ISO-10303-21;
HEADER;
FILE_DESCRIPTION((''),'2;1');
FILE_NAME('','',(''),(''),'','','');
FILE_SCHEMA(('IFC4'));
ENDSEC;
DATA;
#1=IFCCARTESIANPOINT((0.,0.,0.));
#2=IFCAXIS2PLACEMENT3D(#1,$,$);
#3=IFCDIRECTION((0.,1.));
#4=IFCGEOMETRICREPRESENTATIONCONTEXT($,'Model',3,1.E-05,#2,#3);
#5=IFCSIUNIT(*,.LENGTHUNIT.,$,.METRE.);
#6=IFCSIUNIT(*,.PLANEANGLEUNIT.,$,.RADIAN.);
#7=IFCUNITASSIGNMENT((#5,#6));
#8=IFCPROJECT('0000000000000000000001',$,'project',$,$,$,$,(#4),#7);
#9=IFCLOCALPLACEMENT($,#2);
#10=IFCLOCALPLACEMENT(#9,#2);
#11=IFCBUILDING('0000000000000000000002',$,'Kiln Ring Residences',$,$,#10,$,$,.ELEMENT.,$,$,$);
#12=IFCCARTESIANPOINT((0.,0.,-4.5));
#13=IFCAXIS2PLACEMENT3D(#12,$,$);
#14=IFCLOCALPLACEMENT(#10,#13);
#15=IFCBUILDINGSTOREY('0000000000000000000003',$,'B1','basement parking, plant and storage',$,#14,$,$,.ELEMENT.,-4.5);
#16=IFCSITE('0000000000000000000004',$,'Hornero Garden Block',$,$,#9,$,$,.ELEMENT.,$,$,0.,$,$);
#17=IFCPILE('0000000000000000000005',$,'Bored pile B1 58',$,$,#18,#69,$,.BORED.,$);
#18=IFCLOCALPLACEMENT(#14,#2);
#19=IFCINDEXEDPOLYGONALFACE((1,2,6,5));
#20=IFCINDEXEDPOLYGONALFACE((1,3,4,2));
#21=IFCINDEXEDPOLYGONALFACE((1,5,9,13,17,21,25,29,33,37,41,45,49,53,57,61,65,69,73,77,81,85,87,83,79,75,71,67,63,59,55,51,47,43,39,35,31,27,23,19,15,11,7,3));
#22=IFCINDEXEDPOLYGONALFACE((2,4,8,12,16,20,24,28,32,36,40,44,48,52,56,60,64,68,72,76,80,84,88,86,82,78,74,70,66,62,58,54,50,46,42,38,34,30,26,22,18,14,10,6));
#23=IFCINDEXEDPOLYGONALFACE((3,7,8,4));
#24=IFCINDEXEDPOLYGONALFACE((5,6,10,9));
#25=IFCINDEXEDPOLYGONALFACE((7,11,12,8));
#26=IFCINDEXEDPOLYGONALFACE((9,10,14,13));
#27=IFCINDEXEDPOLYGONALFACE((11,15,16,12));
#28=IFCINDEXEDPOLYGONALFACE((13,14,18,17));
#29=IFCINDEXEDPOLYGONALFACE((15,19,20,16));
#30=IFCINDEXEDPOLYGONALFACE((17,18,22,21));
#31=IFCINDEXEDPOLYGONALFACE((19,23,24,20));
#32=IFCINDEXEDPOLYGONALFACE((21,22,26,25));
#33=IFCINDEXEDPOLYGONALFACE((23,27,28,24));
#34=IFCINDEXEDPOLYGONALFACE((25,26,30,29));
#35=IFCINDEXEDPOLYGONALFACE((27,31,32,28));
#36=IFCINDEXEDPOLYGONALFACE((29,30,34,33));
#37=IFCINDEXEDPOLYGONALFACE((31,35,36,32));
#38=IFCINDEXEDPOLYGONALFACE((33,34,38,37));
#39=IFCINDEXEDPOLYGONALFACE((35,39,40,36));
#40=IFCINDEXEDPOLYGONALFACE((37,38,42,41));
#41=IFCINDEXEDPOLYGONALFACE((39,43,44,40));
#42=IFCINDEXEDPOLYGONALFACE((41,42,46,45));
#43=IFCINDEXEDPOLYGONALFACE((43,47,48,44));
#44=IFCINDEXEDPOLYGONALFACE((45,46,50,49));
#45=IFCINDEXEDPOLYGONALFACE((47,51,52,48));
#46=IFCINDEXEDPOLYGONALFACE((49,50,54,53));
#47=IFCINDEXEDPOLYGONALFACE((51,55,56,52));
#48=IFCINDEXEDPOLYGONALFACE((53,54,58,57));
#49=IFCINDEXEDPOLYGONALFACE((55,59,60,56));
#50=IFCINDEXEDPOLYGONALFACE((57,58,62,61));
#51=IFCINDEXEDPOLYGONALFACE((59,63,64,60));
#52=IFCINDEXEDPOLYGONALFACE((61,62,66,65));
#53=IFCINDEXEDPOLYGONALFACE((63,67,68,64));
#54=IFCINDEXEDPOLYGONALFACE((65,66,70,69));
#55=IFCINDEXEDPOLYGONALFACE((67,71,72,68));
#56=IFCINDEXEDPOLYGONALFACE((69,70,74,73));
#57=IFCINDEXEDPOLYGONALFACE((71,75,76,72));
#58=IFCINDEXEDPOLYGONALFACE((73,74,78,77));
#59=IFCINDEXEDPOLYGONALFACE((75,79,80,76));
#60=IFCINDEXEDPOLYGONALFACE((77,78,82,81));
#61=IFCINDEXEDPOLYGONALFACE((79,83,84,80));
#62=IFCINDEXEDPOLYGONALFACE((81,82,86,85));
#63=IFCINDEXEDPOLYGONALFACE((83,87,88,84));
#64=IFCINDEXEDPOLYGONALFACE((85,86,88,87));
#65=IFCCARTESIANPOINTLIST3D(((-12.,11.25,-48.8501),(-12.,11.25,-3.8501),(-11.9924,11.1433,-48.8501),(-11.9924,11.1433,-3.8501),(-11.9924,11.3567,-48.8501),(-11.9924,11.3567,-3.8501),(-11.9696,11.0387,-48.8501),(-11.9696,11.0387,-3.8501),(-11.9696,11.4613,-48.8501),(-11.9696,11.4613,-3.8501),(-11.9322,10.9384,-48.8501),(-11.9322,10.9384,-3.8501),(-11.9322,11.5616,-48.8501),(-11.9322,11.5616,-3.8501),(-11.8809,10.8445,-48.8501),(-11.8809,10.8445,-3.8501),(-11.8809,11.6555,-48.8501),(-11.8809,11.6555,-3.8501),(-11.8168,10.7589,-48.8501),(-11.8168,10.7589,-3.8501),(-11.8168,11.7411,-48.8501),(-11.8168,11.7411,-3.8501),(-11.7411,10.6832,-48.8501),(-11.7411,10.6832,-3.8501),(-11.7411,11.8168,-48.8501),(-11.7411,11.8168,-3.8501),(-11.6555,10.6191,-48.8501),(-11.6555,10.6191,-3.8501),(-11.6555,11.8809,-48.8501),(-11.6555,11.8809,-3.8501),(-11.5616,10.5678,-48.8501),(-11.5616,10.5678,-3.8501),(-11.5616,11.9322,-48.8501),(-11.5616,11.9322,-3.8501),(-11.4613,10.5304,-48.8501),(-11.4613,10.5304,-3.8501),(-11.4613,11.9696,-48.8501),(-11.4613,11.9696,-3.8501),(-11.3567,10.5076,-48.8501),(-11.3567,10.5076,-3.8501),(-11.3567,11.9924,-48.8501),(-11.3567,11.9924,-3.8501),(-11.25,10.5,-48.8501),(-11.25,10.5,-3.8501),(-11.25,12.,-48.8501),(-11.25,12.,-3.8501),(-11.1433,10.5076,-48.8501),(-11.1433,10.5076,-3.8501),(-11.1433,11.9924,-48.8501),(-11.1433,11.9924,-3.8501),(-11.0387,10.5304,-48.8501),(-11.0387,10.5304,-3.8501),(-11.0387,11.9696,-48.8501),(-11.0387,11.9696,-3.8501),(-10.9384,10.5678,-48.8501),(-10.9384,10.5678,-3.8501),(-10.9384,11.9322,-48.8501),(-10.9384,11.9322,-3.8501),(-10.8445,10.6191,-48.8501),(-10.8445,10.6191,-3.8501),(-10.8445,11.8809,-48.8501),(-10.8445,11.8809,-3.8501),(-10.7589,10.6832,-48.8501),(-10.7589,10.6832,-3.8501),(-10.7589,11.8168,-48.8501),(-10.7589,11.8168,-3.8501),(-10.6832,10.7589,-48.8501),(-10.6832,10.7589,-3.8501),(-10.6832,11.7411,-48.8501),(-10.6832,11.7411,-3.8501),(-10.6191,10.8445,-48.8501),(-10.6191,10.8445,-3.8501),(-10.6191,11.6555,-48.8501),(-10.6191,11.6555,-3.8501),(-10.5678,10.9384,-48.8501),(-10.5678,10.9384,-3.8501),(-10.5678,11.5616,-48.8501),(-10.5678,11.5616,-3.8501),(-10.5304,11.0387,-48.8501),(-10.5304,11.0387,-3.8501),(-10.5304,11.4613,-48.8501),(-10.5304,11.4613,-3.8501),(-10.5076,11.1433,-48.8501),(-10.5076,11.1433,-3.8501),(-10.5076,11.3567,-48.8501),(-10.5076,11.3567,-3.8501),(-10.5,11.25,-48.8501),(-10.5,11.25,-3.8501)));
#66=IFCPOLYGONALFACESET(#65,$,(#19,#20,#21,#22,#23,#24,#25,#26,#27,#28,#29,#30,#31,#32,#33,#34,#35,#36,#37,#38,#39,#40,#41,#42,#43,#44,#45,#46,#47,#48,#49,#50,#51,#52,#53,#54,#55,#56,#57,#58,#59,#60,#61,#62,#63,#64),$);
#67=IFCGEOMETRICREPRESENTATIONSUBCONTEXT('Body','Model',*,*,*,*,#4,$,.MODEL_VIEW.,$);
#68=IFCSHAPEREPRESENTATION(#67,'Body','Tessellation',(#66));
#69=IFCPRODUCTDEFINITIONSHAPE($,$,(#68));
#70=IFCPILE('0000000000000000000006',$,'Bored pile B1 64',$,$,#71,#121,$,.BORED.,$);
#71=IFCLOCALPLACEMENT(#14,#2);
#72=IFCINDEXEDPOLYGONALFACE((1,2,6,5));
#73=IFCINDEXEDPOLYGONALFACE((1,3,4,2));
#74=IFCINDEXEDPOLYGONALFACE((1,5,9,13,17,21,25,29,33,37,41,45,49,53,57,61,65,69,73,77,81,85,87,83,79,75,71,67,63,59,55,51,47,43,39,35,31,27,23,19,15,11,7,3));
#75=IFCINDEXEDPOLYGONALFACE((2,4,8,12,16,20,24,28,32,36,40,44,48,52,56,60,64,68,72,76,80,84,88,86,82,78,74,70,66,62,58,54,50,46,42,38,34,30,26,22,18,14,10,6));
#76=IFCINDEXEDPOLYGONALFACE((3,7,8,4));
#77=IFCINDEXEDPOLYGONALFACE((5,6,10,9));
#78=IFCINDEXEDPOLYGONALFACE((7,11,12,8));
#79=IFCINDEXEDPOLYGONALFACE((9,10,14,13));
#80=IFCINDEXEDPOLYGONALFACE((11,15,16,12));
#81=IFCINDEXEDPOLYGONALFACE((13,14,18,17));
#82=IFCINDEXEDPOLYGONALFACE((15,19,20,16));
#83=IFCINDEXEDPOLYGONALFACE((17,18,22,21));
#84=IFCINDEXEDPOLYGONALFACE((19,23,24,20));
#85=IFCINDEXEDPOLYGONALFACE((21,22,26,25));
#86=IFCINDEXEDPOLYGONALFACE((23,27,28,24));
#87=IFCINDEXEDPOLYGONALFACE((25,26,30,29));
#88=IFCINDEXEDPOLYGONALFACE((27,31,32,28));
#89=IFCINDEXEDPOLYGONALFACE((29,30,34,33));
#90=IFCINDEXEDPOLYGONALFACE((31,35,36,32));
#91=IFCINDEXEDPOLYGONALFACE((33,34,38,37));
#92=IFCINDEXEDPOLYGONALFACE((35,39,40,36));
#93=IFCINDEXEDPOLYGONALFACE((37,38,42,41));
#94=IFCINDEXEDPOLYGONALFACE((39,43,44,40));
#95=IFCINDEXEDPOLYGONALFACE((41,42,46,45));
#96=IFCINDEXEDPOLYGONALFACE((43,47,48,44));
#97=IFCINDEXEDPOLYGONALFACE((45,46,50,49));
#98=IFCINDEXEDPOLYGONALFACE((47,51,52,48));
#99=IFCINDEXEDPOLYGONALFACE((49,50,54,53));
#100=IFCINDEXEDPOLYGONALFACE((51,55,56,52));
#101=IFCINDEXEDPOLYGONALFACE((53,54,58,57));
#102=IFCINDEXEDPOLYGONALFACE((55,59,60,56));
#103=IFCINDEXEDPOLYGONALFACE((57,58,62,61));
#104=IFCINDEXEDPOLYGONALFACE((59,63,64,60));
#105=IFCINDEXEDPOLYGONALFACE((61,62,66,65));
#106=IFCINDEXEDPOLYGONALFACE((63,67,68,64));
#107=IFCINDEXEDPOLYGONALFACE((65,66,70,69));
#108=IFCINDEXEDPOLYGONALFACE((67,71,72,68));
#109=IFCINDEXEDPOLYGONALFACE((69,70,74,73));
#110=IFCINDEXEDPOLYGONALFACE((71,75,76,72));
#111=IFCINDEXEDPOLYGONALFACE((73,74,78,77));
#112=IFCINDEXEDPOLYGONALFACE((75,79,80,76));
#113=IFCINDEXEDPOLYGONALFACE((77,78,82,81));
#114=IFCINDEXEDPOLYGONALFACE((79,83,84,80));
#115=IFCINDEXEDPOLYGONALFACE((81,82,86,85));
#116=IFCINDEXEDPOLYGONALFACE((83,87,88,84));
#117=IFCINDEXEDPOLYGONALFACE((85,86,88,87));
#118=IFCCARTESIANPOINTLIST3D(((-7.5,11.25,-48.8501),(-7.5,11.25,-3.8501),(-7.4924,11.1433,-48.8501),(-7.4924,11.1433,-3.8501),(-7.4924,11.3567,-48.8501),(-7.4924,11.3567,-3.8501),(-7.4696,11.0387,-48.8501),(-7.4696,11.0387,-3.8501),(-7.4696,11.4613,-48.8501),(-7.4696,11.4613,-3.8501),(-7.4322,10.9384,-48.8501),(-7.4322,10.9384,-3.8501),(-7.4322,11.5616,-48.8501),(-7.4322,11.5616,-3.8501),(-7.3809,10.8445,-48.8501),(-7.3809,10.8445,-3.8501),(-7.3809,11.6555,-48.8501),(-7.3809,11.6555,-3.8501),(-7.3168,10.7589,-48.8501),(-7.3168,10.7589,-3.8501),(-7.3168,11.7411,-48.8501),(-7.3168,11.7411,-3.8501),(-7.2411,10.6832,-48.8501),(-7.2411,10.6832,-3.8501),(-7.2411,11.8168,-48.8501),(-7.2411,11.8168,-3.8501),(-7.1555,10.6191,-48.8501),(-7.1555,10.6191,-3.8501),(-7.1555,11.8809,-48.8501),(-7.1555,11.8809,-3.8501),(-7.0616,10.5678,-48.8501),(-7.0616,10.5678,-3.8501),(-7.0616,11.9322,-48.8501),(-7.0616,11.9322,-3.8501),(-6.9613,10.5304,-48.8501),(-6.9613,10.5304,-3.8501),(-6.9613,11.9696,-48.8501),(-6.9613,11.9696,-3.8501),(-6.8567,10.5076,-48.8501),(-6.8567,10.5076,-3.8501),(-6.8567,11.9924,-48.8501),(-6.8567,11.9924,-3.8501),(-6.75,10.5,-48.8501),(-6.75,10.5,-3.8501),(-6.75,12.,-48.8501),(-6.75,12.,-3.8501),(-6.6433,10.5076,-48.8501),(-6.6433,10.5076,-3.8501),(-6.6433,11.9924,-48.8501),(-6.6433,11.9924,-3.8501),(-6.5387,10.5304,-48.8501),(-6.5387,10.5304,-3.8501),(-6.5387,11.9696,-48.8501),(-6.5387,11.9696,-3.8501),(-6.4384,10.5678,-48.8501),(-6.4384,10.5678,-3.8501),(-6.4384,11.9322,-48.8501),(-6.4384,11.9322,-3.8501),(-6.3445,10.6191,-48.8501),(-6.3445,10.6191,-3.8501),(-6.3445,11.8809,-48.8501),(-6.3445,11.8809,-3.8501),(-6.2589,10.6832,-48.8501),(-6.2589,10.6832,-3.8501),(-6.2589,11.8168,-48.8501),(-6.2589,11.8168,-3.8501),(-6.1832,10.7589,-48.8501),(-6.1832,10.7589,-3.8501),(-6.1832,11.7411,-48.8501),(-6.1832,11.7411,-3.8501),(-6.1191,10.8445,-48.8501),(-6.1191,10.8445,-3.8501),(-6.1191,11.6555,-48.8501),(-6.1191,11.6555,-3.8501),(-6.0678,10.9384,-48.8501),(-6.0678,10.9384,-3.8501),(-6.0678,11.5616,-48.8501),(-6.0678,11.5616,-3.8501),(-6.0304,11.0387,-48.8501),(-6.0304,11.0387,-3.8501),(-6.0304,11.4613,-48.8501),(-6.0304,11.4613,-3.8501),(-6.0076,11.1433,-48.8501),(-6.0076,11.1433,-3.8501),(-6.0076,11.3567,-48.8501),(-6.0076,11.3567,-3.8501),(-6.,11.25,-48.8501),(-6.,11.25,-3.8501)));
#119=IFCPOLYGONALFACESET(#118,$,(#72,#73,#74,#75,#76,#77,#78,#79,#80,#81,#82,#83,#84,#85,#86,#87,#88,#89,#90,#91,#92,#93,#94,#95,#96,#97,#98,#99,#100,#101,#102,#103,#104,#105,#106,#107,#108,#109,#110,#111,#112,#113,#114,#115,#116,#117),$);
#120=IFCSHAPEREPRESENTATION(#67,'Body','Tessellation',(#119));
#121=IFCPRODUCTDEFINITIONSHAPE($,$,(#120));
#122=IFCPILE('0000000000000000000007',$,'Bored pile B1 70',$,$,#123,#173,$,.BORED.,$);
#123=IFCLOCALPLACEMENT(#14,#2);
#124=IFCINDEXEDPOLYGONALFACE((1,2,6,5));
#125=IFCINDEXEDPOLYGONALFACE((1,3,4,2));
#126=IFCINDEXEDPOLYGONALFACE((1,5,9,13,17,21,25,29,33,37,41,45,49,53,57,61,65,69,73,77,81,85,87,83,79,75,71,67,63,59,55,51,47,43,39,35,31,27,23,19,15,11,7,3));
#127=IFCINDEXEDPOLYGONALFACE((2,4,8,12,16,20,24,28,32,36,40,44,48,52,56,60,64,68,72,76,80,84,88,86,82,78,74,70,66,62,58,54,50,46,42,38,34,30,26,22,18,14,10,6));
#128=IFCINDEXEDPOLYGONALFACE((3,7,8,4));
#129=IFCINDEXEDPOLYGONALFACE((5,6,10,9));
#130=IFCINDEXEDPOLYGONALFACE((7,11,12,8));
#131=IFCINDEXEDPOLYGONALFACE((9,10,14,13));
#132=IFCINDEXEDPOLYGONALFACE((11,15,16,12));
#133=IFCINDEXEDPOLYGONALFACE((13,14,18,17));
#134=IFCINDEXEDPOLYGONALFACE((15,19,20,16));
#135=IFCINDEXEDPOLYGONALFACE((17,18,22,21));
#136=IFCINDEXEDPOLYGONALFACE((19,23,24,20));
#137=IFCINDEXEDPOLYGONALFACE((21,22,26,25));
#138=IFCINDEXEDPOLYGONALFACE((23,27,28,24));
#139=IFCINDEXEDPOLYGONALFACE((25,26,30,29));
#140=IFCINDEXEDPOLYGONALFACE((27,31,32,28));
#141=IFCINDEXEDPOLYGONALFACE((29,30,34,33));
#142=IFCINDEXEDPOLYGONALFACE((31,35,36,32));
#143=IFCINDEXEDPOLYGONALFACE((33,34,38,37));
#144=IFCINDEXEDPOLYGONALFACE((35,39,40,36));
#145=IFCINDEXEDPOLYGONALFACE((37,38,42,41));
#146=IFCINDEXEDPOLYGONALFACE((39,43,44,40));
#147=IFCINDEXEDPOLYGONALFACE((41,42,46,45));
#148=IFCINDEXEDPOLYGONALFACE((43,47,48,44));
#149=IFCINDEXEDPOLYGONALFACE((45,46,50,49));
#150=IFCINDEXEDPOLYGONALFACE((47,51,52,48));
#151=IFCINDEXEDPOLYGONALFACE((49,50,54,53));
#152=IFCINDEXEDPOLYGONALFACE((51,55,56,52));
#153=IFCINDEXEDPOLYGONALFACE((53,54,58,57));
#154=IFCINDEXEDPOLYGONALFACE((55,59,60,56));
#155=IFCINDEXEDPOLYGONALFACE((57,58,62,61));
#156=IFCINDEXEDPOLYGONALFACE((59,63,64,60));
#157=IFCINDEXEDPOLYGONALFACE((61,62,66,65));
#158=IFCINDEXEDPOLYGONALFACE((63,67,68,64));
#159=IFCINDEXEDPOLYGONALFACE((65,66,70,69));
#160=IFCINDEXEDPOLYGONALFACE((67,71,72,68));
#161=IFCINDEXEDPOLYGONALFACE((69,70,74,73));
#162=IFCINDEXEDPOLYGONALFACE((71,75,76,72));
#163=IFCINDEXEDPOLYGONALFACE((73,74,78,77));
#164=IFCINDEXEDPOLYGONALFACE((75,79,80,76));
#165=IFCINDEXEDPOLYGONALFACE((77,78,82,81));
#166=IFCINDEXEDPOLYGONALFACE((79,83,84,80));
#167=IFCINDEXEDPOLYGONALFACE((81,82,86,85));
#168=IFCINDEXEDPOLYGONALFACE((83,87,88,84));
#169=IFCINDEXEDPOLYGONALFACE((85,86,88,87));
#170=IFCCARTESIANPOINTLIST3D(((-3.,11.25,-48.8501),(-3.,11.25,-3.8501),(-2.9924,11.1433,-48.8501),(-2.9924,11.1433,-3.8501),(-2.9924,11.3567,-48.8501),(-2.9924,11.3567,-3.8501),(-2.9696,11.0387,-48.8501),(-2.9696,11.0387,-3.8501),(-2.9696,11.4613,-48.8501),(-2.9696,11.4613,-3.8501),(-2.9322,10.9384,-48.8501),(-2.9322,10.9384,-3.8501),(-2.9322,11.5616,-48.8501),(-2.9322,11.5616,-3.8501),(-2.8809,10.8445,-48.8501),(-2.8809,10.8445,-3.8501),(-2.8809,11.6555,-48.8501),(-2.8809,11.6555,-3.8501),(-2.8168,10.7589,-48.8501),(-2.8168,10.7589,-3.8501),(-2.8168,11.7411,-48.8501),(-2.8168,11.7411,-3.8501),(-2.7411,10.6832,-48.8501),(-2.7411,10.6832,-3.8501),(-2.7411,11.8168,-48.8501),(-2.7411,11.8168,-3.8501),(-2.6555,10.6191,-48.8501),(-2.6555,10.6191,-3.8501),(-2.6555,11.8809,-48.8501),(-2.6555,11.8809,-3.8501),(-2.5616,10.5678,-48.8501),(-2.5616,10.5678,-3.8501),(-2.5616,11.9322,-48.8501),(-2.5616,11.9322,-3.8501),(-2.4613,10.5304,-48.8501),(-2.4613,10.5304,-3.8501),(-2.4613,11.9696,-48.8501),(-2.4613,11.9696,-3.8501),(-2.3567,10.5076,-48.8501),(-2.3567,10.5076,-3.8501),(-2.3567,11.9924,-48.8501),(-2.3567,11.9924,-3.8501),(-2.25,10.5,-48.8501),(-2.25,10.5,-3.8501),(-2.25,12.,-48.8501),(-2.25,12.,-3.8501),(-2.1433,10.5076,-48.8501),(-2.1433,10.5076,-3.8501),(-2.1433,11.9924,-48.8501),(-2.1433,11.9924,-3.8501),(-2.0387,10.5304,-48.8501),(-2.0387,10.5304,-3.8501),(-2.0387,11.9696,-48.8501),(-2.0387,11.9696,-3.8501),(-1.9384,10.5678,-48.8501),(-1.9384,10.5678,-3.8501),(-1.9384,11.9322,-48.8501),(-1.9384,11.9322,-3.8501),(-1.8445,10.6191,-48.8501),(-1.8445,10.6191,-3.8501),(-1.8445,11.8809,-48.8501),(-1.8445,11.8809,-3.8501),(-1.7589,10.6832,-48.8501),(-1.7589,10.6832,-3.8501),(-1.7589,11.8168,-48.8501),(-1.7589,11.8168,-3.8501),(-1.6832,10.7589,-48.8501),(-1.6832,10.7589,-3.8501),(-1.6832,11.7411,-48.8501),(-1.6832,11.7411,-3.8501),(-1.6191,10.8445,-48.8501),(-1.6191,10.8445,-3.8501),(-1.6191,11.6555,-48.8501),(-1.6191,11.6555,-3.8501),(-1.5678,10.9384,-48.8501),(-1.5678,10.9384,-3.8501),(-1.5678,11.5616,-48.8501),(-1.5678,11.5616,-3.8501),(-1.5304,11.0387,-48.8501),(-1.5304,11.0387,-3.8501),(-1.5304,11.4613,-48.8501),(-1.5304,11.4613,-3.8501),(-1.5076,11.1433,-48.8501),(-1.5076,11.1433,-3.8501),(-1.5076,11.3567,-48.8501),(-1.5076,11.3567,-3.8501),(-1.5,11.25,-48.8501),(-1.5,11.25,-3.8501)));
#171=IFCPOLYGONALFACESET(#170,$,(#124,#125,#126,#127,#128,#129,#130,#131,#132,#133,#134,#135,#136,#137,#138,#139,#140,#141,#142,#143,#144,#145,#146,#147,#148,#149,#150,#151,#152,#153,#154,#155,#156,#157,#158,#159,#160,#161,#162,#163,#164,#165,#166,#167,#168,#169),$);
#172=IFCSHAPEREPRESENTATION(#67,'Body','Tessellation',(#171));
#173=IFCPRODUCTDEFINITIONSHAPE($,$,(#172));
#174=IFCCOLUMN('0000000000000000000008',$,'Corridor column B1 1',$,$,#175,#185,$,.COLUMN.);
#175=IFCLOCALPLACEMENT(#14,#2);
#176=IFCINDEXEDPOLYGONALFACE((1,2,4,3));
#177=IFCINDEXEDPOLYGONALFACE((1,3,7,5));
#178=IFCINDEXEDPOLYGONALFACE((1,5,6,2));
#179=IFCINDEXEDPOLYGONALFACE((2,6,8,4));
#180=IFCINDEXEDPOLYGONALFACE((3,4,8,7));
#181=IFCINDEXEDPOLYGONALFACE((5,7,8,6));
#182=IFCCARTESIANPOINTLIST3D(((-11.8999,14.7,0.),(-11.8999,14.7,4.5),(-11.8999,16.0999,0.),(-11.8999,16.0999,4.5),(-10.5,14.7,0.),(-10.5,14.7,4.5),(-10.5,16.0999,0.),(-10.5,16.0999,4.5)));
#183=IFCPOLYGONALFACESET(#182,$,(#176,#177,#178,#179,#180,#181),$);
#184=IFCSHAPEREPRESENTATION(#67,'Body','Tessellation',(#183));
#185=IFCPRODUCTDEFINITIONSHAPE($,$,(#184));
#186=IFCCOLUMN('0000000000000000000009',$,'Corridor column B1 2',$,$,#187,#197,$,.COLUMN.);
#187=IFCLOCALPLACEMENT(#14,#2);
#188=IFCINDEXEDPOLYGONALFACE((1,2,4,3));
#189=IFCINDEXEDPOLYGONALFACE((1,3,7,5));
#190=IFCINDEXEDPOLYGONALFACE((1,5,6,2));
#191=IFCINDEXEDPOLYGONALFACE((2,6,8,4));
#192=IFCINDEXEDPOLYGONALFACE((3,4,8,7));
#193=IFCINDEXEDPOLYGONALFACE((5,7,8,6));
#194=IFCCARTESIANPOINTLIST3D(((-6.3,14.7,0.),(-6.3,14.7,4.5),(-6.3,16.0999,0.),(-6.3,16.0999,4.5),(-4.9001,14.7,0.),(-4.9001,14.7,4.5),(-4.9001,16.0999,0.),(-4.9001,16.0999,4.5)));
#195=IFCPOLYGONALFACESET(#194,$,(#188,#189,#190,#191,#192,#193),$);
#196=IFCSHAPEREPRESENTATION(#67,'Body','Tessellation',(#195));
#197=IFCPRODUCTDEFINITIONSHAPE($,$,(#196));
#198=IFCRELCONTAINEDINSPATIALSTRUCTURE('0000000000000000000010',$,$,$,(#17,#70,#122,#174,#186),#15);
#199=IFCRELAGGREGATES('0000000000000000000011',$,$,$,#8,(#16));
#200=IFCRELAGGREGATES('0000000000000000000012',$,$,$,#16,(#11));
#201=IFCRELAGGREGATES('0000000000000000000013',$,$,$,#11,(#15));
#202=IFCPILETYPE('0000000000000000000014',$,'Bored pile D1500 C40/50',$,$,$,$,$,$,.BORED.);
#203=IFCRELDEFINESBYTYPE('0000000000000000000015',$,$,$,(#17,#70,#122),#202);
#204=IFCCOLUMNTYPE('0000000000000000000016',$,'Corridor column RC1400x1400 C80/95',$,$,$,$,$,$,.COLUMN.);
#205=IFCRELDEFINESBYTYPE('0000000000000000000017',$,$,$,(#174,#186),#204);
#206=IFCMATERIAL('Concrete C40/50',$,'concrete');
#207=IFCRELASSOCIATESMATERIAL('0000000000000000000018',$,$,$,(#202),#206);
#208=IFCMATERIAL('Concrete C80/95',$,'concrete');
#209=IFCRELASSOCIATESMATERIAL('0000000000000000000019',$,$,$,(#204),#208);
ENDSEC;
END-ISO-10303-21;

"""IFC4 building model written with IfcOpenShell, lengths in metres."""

from ifc_helpers import new_model, si_unit, direction, frame, origin, origin_2d, place, context, subcontext, project, spatial, rectangle, circle, extrude, material, material_profile, profile_set, type_object, element, save


model = new_model("IFC4")

# Units and contexts
model_context = context("Model", 3, precision=1e-05, world=origin(), true_north=direction((0.0, 1.0)))
body_context = subcontext(model_context, "Body", "Model", "MODEL_VIEW")
ifc_project = project(units=[si_unit("LENGTHUNIT", "METRE"), si_unit("PLANEANGLEUNIT", "RADIAN")], contexts=[model_context])

# Site, building, storey
site_placement = place(None, origin())
site = spatial("IfcSite", under=ifc_project, at=site_placement, Name="Hornero Garden Block", CompositionType="ELEMENT", RefElevation=0.0)
building_placement = place(site_placement, origin())
building = spatial("IfcBuilding", under=site, at=building_placement, Name="Kiln Ring Residences", CompositionType="ELEMENT")
storey_placement = place(building_placement, frame((0.0, 0.0, -4.5)))
storey = spatial("IfcBuildingStorey", under=building, at=storey_placement, Name="B1", Description="basement parking, plant and storage", CompositionType="ELEMENT", Elevation=-4.5)

# Piles
ifc_material_1 = material(Name="Concrete C40/50", Category="concrete")
ifc_material_profile_1 = material_profile(ifc_material_1, circle(Radius=0.75, at=origin_2d()), Name="BORED1500")
ifc_profile_set_1 = profile_set([ifc_material_profile_1], Name="Concrete C40/50")
pile_type = type_object("IfcPileType", Name="Bored pile D1500 C40/50", PredefinedType="BORED", material=ifc_profile_set_1)
for number, where, z_axis, x_axis, name in (
    (1, (-11.25, 11.25, -3.8501), (0.0, 0.0, -1.0), (1.0, 0.0, 0.0), "Bored pile B1 58"),
    (2, (-6.75, 11.25, -3.8501), (0.0, 0.0, -1.0), (1.0, 0.0, 0.0), "Bored pile B1 64"),
    (3, (-2.25, 11.25, -3.8501), (0.0, 0.0, -1.0), (1.0, 0.0, 0.0), "Bored pile B1 70"),
):
    element("IfcPile", number, at=place(storey_placement, frame(where, z_axis=z_axis, x_axis=x_axis)), inside=storey, type_object=pile_type, Name=name, PredefinedType="BORED", context=body_context, shape_type="SweptSolid", body=[
        extrude(circle(Radius=0.75, at=origin_2d()), origin(), (0.0, 0.0, 1.0), 45.0),
    ])

# Columns
ifc_material_2 = material(Name="Concrete C80/95", Category="concrete")
ifc_material_profile_2 = material_profile(ifc_material_2, rectangle(XDim=1.3999, YDim=1.3999, at=origin_2d()), Name="RC1400x1400")
ifc_profile_set_2 = profile_set([ifc_material_profile_2], Name="Concrete C80/95")
column_type_1 = type_object("IfcColumnType", Name="Corridor column RC1400x1400 C80/95", PredefinedType="COLUMN", material=ifc_profile_set_2)
for number, where, z_axis, x_axis, name in (
    (4, (-11.2, 15.3999, 0.0), (0.0, 0.0, 1.0), (1.0, 0.0, 0.0), "Corridor column B1 1"),
    (5, (-5.6001, 15.3999, 0.0), (0.0, 0.0, 1.0), (1.0, 0.0, 0.0), "Corridor column B1 2"),
):
    element("IfcColumn", number, at=place(storey_placement, frame(where, z_axis=z_axis, x_axis=x_axis)), inside=storey, type_object=column_type_1, Name=name, PredefinedType="COLUMN", context=body_context, shape_type="SweptSolid", body=[
        extrude(rectangle(XDim=1.3999, YDim=1.3999, at=origin_2d()), origin(), (0.0, 0.0, 1.0), 4.5),
    ])

save(model, "model.ifc")
